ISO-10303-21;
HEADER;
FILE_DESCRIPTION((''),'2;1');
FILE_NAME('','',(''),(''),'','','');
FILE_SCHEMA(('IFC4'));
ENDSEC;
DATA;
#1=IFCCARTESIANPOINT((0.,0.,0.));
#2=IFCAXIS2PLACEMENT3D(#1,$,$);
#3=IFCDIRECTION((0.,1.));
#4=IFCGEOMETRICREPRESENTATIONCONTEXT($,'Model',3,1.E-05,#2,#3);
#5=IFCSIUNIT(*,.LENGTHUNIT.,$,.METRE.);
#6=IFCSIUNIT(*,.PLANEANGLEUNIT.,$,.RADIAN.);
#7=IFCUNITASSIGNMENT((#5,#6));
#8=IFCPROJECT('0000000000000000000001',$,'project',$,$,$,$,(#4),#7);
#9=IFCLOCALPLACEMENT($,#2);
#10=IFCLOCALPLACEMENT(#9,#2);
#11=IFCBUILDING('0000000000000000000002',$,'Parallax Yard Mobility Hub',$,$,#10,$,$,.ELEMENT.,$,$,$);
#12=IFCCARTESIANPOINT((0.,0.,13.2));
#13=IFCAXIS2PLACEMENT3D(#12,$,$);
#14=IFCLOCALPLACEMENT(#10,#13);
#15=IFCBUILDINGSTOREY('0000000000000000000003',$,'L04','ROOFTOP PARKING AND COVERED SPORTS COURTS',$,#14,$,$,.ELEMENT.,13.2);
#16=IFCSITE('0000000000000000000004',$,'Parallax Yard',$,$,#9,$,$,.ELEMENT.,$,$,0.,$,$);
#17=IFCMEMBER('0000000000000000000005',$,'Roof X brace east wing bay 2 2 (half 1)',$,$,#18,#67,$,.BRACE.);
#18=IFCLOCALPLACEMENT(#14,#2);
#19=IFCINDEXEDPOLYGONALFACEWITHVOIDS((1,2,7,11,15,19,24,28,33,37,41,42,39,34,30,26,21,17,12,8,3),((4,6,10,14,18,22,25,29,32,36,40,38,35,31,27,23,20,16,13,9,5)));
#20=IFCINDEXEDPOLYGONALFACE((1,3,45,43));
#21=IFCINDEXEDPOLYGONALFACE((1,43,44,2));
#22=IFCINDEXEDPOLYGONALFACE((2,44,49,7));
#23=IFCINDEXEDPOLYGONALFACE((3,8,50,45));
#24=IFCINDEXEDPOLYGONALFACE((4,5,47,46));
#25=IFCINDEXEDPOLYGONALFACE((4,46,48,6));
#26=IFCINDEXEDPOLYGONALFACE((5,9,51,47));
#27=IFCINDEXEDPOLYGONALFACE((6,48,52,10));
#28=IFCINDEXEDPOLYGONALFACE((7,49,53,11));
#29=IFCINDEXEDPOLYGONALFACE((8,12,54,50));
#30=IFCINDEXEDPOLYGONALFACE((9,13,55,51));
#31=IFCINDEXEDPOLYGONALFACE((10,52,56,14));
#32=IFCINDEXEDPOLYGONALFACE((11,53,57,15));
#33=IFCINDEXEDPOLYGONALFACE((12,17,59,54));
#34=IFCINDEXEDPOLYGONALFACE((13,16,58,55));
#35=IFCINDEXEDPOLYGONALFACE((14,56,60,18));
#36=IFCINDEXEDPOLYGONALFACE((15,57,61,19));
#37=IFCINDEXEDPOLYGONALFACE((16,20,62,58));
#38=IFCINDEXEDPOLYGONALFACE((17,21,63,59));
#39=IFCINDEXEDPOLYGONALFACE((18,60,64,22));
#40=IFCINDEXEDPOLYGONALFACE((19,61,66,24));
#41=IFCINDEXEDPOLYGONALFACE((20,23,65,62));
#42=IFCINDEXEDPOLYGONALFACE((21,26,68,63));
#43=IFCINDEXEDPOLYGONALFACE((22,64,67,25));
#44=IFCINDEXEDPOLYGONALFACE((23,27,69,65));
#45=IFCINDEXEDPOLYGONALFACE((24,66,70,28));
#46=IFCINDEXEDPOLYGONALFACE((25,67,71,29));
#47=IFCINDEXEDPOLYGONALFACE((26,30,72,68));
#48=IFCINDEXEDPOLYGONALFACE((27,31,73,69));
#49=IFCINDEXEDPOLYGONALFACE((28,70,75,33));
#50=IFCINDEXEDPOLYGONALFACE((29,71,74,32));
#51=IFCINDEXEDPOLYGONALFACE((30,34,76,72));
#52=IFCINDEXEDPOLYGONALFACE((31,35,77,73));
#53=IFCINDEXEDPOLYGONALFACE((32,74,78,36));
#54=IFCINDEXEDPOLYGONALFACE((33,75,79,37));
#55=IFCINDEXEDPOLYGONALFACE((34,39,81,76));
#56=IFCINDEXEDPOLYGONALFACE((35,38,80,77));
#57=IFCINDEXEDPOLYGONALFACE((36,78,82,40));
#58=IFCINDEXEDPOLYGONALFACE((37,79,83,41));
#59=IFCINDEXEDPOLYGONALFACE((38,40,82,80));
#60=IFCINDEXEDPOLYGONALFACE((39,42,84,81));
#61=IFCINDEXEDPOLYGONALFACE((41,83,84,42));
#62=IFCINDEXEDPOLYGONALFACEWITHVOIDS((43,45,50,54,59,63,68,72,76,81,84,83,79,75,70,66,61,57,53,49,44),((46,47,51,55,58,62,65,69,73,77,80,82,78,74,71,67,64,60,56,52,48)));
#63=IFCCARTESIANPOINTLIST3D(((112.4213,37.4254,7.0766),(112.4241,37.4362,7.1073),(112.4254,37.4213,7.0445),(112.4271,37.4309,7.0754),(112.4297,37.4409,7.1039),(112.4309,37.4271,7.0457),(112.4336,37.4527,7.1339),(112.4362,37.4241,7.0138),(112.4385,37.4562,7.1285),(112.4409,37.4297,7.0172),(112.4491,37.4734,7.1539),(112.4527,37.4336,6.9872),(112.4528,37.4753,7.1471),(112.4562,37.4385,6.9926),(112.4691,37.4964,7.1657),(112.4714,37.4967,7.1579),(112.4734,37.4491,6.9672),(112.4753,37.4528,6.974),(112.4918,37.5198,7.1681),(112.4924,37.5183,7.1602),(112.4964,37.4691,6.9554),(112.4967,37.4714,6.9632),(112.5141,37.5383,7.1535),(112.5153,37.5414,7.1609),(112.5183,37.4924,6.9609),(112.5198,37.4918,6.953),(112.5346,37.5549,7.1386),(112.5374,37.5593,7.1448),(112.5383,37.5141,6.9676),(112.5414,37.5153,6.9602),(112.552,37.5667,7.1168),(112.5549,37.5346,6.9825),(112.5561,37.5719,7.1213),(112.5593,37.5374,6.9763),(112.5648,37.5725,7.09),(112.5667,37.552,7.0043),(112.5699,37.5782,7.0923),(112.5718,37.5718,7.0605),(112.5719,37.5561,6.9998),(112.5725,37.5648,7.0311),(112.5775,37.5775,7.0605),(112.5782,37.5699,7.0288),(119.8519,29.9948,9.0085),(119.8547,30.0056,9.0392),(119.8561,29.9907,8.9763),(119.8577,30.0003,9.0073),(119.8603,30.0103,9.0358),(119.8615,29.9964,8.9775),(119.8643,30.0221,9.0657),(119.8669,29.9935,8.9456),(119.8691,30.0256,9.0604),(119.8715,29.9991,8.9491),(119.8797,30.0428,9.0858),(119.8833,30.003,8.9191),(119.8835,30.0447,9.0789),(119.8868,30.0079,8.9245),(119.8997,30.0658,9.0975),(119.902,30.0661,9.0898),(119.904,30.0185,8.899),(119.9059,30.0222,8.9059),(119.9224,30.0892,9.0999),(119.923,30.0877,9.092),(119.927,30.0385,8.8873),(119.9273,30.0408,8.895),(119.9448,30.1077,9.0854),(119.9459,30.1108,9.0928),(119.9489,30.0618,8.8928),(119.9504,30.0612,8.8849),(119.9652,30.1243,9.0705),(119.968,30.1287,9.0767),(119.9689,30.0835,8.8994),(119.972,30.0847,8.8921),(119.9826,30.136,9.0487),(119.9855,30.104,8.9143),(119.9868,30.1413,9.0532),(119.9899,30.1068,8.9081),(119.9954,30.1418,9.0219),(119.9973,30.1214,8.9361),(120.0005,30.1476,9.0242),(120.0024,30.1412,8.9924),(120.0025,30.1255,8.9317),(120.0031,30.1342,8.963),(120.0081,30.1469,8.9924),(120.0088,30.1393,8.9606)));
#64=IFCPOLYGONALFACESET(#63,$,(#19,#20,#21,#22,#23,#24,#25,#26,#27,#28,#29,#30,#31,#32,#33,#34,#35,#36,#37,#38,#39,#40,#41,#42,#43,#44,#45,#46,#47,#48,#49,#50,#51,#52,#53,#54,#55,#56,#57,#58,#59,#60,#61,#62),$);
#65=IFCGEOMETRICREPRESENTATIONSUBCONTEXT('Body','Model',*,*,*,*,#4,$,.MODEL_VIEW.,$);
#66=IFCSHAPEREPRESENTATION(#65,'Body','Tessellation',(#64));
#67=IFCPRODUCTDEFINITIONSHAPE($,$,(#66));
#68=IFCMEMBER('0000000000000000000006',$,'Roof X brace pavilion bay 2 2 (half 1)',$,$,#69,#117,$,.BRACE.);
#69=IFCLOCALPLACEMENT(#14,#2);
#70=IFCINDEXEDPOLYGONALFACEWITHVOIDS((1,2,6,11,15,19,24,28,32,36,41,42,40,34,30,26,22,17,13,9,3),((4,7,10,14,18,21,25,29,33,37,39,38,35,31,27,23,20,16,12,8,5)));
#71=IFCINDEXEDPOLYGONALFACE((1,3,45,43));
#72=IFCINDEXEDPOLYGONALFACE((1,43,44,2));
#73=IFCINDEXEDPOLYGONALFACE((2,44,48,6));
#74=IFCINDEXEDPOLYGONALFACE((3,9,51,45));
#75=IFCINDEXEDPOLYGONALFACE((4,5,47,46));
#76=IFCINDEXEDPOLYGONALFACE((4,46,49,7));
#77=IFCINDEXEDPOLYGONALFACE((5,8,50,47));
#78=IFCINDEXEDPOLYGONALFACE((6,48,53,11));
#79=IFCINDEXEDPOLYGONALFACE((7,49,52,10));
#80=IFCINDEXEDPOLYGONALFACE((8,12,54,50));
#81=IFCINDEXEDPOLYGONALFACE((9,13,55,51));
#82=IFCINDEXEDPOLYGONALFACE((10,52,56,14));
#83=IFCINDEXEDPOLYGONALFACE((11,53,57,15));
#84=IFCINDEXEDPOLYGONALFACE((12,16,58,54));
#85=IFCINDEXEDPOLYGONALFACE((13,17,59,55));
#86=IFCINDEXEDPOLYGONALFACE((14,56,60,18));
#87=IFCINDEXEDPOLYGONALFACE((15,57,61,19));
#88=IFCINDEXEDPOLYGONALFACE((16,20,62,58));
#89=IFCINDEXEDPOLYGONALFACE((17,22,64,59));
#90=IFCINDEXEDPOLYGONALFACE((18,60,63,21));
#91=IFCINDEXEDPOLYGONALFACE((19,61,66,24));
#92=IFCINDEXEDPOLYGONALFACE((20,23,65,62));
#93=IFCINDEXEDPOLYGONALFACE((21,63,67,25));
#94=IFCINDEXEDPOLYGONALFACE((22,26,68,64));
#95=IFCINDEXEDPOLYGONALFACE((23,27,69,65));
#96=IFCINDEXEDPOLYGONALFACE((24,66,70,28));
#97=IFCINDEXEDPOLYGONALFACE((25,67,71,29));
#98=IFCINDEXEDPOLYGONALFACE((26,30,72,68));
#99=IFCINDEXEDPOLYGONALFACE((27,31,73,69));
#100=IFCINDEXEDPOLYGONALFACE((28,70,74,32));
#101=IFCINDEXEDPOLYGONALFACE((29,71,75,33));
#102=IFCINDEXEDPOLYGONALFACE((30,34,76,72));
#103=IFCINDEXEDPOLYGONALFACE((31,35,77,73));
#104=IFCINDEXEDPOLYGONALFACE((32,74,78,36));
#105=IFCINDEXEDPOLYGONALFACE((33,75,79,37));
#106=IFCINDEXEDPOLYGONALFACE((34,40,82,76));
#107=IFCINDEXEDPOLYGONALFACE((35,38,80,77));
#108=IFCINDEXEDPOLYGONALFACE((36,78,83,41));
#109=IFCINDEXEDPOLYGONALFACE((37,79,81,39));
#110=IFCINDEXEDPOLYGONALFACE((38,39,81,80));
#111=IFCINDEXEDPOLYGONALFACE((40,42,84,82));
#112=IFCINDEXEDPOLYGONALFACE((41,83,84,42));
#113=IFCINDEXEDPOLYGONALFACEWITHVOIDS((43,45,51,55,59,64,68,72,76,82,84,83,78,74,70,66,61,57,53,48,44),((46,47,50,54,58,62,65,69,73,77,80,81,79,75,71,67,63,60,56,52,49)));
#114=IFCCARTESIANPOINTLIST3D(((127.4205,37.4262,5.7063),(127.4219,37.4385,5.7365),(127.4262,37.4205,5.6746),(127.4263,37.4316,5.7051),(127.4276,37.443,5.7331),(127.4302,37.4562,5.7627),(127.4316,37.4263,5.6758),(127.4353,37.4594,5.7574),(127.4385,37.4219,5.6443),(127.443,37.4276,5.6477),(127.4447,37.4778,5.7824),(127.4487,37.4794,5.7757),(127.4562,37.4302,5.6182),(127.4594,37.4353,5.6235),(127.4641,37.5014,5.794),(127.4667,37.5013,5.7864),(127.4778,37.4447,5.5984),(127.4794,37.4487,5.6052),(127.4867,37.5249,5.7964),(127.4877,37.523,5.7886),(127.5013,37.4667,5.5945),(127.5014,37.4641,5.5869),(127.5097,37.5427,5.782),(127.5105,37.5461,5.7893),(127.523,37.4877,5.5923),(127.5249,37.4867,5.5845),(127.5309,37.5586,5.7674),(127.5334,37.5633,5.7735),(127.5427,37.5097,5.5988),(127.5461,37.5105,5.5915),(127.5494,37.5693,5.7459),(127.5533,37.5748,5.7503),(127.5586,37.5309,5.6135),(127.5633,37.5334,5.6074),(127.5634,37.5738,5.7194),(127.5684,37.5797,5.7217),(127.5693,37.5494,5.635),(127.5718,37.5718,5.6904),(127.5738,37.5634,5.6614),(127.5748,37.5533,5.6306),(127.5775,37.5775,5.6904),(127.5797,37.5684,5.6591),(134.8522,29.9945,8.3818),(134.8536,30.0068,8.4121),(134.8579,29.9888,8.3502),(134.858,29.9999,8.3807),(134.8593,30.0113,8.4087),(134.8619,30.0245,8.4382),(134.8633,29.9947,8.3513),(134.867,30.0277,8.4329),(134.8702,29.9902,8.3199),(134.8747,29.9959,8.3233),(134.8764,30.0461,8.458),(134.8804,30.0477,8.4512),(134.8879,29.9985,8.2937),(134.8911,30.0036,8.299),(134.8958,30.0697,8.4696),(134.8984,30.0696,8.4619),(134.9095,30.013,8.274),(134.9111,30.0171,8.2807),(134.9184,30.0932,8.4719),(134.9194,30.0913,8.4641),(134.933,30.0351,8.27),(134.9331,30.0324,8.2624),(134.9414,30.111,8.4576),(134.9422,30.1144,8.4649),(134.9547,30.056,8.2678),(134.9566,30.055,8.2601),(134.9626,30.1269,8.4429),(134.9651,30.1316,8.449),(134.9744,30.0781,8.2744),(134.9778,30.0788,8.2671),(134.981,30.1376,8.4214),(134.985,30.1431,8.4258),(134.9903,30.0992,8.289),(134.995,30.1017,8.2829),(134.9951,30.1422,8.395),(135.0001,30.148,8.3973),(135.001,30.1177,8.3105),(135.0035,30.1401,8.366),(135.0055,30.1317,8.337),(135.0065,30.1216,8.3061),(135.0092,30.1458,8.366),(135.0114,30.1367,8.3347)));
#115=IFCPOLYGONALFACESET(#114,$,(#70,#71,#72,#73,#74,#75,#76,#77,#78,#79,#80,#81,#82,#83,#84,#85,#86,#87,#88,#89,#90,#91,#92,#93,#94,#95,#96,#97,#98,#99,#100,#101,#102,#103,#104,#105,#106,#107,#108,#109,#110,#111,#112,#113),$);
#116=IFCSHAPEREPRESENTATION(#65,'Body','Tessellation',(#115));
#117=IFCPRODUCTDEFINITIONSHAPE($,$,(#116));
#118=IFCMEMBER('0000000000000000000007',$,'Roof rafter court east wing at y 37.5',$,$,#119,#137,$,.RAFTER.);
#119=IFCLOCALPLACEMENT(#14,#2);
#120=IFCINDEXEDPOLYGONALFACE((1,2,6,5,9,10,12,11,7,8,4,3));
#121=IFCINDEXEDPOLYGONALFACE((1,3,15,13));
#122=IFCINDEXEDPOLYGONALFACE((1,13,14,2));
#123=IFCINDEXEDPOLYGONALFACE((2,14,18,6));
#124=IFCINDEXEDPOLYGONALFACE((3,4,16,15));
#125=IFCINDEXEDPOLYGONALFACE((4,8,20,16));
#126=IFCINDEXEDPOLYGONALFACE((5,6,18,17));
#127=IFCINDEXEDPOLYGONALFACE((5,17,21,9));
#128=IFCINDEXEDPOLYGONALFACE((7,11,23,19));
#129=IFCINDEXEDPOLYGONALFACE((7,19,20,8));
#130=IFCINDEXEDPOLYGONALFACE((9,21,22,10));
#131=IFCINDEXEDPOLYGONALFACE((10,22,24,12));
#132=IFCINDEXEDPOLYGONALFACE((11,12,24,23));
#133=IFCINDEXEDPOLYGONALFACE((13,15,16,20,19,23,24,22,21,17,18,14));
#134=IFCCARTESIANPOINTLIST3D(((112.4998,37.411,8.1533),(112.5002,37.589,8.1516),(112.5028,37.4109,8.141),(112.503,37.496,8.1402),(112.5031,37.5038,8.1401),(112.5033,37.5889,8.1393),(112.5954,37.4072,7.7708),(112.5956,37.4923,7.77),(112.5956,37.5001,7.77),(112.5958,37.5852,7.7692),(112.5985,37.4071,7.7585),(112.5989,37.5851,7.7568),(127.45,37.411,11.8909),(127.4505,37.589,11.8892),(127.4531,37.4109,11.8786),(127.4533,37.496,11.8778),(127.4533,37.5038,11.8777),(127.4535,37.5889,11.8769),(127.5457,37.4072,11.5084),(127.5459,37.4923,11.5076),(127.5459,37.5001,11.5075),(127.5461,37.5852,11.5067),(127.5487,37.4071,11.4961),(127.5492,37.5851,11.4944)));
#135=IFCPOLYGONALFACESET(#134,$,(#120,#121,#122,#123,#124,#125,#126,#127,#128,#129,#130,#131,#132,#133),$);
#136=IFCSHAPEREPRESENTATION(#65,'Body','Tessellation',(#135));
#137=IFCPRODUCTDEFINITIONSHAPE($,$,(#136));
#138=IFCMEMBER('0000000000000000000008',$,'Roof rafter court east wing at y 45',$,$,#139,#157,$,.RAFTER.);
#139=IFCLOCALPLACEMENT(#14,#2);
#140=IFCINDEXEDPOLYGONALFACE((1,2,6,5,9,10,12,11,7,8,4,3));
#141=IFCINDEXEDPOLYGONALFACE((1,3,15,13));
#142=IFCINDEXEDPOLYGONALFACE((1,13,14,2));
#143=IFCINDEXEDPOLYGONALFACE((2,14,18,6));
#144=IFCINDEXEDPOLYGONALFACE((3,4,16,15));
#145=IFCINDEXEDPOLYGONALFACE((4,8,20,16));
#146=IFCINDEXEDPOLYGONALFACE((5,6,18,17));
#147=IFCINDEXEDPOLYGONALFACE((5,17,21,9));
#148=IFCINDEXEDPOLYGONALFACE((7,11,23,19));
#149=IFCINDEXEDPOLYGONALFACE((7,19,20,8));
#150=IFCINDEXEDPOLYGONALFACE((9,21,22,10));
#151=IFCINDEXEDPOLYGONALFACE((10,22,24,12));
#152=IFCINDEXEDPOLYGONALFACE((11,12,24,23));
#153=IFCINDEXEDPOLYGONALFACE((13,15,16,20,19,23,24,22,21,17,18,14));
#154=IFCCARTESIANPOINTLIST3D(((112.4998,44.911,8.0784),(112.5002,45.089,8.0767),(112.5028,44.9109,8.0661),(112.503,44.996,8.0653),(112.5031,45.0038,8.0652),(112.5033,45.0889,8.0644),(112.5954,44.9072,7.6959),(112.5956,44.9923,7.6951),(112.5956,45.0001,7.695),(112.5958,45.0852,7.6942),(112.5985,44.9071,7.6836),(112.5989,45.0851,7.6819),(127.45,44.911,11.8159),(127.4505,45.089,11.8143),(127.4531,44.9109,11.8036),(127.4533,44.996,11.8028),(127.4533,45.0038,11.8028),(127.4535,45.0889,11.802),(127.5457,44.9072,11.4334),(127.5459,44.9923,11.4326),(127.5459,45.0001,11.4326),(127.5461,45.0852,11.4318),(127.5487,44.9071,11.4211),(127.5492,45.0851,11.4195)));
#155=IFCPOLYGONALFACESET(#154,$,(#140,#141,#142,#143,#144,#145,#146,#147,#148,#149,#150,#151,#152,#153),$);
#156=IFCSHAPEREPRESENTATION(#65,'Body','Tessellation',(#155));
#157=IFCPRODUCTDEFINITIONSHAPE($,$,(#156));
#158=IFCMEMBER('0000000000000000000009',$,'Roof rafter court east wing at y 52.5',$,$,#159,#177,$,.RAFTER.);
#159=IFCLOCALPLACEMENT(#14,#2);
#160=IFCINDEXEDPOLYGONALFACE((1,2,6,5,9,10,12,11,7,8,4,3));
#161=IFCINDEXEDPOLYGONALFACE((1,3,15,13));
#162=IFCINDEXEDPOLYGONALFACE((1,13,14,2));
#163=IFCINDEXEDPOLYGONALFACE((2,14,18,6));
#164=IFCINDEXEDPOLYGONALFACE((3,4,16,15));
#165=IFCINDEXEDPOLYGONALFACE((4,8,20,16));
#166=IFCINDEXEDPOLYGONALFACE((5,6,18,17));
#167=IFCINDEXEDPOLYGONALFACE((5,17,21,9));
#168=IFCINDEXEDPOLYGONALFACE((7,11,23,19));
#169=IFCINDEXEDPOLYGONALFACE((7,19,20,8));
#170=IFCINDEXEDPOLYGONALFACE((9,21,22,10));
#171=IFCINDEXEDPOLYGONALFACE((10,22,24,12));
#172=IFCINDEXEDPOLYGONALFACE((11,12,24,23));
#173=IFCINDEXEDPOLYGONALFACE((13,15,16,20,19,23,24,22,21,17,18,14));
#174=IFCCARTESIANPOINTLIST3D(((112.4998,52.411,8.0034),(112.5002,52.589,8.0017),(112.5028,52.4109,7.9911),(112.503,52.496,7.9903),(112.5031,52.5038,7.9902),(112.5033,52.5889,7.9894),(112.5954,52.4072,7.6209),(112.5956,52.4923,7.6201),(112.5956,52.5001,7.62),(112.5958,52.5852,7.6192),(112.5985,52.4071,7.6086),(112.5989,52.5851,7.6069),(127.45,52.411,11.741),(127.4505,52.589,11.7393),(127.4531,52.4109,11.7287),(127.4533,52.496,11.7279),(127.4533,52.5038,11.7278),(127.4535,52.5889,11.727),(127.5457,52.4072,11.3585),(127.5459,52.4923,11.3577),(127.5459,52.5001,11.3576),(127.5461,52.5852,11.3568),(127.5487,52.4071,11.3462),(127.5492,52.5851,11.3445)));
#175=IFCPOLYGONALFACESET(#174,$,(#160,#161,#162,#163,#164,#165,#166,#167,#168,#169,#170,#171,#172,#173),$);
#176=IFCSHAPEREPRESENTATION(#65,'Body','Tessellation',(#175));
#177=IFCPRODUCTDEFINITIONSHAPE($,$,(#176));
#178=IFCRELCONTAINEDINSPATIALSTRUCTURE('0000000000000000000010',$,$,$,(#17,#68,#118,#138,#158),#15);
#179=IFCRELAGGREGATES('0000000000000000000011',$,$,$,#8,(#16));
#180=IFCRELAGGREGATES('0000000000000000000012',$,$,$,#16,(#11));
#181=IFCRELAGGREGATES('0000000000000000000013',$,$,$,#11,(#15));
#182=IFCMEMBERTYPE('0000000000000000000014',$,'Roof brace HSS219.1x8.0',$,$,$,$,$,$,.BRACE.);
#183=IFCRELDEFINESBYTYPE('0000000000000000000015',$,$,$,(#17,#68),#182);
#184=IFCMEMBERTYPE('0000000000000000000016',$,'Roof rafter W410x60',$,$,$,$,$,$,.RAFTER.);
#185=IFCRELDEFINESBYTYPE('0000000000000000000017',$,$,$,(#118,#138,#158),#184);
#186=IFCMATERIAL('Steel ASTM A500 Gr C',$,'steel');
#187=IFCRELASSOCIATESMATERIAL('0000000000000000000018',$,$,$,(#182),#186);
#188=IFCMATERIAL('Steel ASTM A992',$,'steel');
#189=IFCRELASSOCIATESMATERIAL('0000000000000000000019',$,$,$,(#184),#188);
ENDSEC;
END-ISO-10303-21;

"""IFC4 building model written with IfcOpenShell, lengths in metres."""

from ifc_helpers import new_model, si_unit, direction, frame, origin, origin_2d, place, context, subcontext, project, spatial, hollow_circle, i_section, extrude, material, material_profile, profile_set, type_object, element, save


model = new_model("IFC4")

# Units and contexts
model_context = context("Model", 3, precision=1e-05, world=origin(), true_north=direction((0.0, 1.0)))
body_context = subcontext(model_context, "Body", "Model", "MODEL_VIEW")
ifc_project = project(units=[si_unit("LENGTHUNIT", "METRE"), si_unit("PLANEANGLEUNIT", "RADIAN")], contexts=[model_context])

# Site, building, storey
site_placement = place(None, origin())
site = spatial("IfcSite", under=ifc_project, at=site_placement, Name="Parallax Yard", CompositionType="ELEMENT", RefElevation=0.0)
building_placement = place(site_placement, origin())
building = spatial("IfcBuilding", under=site, at=building_placement, Name="Parallax Yard Mobility Hub", CompositionType="ELEMENT")
storey_placement = place(building_placement, frame((0.0, 0.0, 13.2)))
storey = spatial("IfcBuildingStorey", under=building, at=storey_placement, Name="L04", Description="ROOFTOP PARKING AND COVERED SPORTS COURTS", CompositionType="ELEMENT", Elevation=13.2)

# Shared definitions
ifc_material_1 = material(Name="Steel ASTM A500 Gr C", Category="steel")
ifc_material_2 = material(Name="Steel ASTM A992", Category="steel")

# Members
ifc_material_profile_1 = material_profile(ifc_material_1, hollow_circle(Radius=0.1096, WallThickness=0.0081, at=origin_2d()), Name="HSS219.1x8.0")
ifc_profile_set_1 = profile_set([ifc_material_profile_1], Name="Steel ASTM A500 Gr C")
member_type_1 = type_object("IfcMemberType", Name="Roof brace HSS219.1x8.0", PredefinedType="BRACE", material=ifc_profile_set_1)
member_1_placement = place(storey_placement, frame((112.5, 37.5, 7.0605), z_axis=(0.695452, -0.695452, 0.180809), x_axis=(0.707107, 0.707107, 0.0)))
element("IfcMember", 1, at=member_1_placement, inside=storey, type_object=member_type_1, Name="Roof X brace east wing bay 2 2 (half 1)", PredefinedType="BRACE", context=body_context, shape_type="SweptSolid", body=[
    extrude(hollow_circle(Radius=0.1096, WallThickness=0.0081, at=origin_2d()), origin(), (0.0, 0.0, 1.0), 10.6846),
])
member_2_placement = place(storey_placement, frame((127.5, 37.5, 5.6904), z_axis=(0.685251, -0.685251, 0.246704), x_axis=(0.707107, 0.707107, 0.0)))
element("IfcMember", 2, at=member_2_placement, inside=storey, type_object=member_type_1, Name="Roof X brace pavilion bay 2 2 (half 1)", PredefinedType="BRACE", context=body_context, shape_type="SweptSolid", body=[
    extrude(hollow_circle(Radius=0.1096, WallThickness=0.0081, at=origin_2d()), origin(), (0.0, 0.0, 1.0), 10.8452),
])
ifc_material_profile_2 = material_profile(ifc_material_2, i_section(OverallWidth=0.178, OverallDepth=0.407, WebThickness=0.0078, FlangeThickness=0.0127, at=origin_2d()), Name="W410x60")
ifc_profile_set_2 = profile_set([ifc_material_profile_2], Name="Steel ASTM A992")
member_type_2 = type_object("IfcMemberType", Name="Roof rafter W410x60", PredefinedType="RAFTER", material=ifc_profile_set_2)
for number, where, z_axis, x_axis, name in (
    (3, (112.5493, 37.498, 7.9551), (0.970143, 0.0, 0.242536), (0.002353, 0.999953, -0.009411), "Roof rafter court east wing at y 37.5"),
    (4, (112.5493, 44.998, 7.8801), (0.970143, 0.0, 0.242536), (0.002353, 0.999953, -0.009411), "Roof rafter court east wing at y 45"),
    (5, (112.5493, 52.498, 7.8052), (0.970143, 0.0, 0.242536), (0.002353, 0.999953, -0.009411), "Roof rafter court east wing at y 52.5"),
):
    element("IfcMember", number, at=place(storey_placement, frame(where, z_axis=z_axis, x_axis=x_axis)), inside=storey, type_object=member_type_2, Name=name, PredefinedType="RAFTER", context=body_context, shape_type="SweptSolid", body=[
        extrude(i_section(OverallWidth=0.178, OverallDepth=0.407, WebThickness=0.0078, FlangeThickness=0.0127, at=origin_2d()), origin(), (0.0, 0.0, 1.0), 15.4104),
    ])

save(model, "model.ifc")
